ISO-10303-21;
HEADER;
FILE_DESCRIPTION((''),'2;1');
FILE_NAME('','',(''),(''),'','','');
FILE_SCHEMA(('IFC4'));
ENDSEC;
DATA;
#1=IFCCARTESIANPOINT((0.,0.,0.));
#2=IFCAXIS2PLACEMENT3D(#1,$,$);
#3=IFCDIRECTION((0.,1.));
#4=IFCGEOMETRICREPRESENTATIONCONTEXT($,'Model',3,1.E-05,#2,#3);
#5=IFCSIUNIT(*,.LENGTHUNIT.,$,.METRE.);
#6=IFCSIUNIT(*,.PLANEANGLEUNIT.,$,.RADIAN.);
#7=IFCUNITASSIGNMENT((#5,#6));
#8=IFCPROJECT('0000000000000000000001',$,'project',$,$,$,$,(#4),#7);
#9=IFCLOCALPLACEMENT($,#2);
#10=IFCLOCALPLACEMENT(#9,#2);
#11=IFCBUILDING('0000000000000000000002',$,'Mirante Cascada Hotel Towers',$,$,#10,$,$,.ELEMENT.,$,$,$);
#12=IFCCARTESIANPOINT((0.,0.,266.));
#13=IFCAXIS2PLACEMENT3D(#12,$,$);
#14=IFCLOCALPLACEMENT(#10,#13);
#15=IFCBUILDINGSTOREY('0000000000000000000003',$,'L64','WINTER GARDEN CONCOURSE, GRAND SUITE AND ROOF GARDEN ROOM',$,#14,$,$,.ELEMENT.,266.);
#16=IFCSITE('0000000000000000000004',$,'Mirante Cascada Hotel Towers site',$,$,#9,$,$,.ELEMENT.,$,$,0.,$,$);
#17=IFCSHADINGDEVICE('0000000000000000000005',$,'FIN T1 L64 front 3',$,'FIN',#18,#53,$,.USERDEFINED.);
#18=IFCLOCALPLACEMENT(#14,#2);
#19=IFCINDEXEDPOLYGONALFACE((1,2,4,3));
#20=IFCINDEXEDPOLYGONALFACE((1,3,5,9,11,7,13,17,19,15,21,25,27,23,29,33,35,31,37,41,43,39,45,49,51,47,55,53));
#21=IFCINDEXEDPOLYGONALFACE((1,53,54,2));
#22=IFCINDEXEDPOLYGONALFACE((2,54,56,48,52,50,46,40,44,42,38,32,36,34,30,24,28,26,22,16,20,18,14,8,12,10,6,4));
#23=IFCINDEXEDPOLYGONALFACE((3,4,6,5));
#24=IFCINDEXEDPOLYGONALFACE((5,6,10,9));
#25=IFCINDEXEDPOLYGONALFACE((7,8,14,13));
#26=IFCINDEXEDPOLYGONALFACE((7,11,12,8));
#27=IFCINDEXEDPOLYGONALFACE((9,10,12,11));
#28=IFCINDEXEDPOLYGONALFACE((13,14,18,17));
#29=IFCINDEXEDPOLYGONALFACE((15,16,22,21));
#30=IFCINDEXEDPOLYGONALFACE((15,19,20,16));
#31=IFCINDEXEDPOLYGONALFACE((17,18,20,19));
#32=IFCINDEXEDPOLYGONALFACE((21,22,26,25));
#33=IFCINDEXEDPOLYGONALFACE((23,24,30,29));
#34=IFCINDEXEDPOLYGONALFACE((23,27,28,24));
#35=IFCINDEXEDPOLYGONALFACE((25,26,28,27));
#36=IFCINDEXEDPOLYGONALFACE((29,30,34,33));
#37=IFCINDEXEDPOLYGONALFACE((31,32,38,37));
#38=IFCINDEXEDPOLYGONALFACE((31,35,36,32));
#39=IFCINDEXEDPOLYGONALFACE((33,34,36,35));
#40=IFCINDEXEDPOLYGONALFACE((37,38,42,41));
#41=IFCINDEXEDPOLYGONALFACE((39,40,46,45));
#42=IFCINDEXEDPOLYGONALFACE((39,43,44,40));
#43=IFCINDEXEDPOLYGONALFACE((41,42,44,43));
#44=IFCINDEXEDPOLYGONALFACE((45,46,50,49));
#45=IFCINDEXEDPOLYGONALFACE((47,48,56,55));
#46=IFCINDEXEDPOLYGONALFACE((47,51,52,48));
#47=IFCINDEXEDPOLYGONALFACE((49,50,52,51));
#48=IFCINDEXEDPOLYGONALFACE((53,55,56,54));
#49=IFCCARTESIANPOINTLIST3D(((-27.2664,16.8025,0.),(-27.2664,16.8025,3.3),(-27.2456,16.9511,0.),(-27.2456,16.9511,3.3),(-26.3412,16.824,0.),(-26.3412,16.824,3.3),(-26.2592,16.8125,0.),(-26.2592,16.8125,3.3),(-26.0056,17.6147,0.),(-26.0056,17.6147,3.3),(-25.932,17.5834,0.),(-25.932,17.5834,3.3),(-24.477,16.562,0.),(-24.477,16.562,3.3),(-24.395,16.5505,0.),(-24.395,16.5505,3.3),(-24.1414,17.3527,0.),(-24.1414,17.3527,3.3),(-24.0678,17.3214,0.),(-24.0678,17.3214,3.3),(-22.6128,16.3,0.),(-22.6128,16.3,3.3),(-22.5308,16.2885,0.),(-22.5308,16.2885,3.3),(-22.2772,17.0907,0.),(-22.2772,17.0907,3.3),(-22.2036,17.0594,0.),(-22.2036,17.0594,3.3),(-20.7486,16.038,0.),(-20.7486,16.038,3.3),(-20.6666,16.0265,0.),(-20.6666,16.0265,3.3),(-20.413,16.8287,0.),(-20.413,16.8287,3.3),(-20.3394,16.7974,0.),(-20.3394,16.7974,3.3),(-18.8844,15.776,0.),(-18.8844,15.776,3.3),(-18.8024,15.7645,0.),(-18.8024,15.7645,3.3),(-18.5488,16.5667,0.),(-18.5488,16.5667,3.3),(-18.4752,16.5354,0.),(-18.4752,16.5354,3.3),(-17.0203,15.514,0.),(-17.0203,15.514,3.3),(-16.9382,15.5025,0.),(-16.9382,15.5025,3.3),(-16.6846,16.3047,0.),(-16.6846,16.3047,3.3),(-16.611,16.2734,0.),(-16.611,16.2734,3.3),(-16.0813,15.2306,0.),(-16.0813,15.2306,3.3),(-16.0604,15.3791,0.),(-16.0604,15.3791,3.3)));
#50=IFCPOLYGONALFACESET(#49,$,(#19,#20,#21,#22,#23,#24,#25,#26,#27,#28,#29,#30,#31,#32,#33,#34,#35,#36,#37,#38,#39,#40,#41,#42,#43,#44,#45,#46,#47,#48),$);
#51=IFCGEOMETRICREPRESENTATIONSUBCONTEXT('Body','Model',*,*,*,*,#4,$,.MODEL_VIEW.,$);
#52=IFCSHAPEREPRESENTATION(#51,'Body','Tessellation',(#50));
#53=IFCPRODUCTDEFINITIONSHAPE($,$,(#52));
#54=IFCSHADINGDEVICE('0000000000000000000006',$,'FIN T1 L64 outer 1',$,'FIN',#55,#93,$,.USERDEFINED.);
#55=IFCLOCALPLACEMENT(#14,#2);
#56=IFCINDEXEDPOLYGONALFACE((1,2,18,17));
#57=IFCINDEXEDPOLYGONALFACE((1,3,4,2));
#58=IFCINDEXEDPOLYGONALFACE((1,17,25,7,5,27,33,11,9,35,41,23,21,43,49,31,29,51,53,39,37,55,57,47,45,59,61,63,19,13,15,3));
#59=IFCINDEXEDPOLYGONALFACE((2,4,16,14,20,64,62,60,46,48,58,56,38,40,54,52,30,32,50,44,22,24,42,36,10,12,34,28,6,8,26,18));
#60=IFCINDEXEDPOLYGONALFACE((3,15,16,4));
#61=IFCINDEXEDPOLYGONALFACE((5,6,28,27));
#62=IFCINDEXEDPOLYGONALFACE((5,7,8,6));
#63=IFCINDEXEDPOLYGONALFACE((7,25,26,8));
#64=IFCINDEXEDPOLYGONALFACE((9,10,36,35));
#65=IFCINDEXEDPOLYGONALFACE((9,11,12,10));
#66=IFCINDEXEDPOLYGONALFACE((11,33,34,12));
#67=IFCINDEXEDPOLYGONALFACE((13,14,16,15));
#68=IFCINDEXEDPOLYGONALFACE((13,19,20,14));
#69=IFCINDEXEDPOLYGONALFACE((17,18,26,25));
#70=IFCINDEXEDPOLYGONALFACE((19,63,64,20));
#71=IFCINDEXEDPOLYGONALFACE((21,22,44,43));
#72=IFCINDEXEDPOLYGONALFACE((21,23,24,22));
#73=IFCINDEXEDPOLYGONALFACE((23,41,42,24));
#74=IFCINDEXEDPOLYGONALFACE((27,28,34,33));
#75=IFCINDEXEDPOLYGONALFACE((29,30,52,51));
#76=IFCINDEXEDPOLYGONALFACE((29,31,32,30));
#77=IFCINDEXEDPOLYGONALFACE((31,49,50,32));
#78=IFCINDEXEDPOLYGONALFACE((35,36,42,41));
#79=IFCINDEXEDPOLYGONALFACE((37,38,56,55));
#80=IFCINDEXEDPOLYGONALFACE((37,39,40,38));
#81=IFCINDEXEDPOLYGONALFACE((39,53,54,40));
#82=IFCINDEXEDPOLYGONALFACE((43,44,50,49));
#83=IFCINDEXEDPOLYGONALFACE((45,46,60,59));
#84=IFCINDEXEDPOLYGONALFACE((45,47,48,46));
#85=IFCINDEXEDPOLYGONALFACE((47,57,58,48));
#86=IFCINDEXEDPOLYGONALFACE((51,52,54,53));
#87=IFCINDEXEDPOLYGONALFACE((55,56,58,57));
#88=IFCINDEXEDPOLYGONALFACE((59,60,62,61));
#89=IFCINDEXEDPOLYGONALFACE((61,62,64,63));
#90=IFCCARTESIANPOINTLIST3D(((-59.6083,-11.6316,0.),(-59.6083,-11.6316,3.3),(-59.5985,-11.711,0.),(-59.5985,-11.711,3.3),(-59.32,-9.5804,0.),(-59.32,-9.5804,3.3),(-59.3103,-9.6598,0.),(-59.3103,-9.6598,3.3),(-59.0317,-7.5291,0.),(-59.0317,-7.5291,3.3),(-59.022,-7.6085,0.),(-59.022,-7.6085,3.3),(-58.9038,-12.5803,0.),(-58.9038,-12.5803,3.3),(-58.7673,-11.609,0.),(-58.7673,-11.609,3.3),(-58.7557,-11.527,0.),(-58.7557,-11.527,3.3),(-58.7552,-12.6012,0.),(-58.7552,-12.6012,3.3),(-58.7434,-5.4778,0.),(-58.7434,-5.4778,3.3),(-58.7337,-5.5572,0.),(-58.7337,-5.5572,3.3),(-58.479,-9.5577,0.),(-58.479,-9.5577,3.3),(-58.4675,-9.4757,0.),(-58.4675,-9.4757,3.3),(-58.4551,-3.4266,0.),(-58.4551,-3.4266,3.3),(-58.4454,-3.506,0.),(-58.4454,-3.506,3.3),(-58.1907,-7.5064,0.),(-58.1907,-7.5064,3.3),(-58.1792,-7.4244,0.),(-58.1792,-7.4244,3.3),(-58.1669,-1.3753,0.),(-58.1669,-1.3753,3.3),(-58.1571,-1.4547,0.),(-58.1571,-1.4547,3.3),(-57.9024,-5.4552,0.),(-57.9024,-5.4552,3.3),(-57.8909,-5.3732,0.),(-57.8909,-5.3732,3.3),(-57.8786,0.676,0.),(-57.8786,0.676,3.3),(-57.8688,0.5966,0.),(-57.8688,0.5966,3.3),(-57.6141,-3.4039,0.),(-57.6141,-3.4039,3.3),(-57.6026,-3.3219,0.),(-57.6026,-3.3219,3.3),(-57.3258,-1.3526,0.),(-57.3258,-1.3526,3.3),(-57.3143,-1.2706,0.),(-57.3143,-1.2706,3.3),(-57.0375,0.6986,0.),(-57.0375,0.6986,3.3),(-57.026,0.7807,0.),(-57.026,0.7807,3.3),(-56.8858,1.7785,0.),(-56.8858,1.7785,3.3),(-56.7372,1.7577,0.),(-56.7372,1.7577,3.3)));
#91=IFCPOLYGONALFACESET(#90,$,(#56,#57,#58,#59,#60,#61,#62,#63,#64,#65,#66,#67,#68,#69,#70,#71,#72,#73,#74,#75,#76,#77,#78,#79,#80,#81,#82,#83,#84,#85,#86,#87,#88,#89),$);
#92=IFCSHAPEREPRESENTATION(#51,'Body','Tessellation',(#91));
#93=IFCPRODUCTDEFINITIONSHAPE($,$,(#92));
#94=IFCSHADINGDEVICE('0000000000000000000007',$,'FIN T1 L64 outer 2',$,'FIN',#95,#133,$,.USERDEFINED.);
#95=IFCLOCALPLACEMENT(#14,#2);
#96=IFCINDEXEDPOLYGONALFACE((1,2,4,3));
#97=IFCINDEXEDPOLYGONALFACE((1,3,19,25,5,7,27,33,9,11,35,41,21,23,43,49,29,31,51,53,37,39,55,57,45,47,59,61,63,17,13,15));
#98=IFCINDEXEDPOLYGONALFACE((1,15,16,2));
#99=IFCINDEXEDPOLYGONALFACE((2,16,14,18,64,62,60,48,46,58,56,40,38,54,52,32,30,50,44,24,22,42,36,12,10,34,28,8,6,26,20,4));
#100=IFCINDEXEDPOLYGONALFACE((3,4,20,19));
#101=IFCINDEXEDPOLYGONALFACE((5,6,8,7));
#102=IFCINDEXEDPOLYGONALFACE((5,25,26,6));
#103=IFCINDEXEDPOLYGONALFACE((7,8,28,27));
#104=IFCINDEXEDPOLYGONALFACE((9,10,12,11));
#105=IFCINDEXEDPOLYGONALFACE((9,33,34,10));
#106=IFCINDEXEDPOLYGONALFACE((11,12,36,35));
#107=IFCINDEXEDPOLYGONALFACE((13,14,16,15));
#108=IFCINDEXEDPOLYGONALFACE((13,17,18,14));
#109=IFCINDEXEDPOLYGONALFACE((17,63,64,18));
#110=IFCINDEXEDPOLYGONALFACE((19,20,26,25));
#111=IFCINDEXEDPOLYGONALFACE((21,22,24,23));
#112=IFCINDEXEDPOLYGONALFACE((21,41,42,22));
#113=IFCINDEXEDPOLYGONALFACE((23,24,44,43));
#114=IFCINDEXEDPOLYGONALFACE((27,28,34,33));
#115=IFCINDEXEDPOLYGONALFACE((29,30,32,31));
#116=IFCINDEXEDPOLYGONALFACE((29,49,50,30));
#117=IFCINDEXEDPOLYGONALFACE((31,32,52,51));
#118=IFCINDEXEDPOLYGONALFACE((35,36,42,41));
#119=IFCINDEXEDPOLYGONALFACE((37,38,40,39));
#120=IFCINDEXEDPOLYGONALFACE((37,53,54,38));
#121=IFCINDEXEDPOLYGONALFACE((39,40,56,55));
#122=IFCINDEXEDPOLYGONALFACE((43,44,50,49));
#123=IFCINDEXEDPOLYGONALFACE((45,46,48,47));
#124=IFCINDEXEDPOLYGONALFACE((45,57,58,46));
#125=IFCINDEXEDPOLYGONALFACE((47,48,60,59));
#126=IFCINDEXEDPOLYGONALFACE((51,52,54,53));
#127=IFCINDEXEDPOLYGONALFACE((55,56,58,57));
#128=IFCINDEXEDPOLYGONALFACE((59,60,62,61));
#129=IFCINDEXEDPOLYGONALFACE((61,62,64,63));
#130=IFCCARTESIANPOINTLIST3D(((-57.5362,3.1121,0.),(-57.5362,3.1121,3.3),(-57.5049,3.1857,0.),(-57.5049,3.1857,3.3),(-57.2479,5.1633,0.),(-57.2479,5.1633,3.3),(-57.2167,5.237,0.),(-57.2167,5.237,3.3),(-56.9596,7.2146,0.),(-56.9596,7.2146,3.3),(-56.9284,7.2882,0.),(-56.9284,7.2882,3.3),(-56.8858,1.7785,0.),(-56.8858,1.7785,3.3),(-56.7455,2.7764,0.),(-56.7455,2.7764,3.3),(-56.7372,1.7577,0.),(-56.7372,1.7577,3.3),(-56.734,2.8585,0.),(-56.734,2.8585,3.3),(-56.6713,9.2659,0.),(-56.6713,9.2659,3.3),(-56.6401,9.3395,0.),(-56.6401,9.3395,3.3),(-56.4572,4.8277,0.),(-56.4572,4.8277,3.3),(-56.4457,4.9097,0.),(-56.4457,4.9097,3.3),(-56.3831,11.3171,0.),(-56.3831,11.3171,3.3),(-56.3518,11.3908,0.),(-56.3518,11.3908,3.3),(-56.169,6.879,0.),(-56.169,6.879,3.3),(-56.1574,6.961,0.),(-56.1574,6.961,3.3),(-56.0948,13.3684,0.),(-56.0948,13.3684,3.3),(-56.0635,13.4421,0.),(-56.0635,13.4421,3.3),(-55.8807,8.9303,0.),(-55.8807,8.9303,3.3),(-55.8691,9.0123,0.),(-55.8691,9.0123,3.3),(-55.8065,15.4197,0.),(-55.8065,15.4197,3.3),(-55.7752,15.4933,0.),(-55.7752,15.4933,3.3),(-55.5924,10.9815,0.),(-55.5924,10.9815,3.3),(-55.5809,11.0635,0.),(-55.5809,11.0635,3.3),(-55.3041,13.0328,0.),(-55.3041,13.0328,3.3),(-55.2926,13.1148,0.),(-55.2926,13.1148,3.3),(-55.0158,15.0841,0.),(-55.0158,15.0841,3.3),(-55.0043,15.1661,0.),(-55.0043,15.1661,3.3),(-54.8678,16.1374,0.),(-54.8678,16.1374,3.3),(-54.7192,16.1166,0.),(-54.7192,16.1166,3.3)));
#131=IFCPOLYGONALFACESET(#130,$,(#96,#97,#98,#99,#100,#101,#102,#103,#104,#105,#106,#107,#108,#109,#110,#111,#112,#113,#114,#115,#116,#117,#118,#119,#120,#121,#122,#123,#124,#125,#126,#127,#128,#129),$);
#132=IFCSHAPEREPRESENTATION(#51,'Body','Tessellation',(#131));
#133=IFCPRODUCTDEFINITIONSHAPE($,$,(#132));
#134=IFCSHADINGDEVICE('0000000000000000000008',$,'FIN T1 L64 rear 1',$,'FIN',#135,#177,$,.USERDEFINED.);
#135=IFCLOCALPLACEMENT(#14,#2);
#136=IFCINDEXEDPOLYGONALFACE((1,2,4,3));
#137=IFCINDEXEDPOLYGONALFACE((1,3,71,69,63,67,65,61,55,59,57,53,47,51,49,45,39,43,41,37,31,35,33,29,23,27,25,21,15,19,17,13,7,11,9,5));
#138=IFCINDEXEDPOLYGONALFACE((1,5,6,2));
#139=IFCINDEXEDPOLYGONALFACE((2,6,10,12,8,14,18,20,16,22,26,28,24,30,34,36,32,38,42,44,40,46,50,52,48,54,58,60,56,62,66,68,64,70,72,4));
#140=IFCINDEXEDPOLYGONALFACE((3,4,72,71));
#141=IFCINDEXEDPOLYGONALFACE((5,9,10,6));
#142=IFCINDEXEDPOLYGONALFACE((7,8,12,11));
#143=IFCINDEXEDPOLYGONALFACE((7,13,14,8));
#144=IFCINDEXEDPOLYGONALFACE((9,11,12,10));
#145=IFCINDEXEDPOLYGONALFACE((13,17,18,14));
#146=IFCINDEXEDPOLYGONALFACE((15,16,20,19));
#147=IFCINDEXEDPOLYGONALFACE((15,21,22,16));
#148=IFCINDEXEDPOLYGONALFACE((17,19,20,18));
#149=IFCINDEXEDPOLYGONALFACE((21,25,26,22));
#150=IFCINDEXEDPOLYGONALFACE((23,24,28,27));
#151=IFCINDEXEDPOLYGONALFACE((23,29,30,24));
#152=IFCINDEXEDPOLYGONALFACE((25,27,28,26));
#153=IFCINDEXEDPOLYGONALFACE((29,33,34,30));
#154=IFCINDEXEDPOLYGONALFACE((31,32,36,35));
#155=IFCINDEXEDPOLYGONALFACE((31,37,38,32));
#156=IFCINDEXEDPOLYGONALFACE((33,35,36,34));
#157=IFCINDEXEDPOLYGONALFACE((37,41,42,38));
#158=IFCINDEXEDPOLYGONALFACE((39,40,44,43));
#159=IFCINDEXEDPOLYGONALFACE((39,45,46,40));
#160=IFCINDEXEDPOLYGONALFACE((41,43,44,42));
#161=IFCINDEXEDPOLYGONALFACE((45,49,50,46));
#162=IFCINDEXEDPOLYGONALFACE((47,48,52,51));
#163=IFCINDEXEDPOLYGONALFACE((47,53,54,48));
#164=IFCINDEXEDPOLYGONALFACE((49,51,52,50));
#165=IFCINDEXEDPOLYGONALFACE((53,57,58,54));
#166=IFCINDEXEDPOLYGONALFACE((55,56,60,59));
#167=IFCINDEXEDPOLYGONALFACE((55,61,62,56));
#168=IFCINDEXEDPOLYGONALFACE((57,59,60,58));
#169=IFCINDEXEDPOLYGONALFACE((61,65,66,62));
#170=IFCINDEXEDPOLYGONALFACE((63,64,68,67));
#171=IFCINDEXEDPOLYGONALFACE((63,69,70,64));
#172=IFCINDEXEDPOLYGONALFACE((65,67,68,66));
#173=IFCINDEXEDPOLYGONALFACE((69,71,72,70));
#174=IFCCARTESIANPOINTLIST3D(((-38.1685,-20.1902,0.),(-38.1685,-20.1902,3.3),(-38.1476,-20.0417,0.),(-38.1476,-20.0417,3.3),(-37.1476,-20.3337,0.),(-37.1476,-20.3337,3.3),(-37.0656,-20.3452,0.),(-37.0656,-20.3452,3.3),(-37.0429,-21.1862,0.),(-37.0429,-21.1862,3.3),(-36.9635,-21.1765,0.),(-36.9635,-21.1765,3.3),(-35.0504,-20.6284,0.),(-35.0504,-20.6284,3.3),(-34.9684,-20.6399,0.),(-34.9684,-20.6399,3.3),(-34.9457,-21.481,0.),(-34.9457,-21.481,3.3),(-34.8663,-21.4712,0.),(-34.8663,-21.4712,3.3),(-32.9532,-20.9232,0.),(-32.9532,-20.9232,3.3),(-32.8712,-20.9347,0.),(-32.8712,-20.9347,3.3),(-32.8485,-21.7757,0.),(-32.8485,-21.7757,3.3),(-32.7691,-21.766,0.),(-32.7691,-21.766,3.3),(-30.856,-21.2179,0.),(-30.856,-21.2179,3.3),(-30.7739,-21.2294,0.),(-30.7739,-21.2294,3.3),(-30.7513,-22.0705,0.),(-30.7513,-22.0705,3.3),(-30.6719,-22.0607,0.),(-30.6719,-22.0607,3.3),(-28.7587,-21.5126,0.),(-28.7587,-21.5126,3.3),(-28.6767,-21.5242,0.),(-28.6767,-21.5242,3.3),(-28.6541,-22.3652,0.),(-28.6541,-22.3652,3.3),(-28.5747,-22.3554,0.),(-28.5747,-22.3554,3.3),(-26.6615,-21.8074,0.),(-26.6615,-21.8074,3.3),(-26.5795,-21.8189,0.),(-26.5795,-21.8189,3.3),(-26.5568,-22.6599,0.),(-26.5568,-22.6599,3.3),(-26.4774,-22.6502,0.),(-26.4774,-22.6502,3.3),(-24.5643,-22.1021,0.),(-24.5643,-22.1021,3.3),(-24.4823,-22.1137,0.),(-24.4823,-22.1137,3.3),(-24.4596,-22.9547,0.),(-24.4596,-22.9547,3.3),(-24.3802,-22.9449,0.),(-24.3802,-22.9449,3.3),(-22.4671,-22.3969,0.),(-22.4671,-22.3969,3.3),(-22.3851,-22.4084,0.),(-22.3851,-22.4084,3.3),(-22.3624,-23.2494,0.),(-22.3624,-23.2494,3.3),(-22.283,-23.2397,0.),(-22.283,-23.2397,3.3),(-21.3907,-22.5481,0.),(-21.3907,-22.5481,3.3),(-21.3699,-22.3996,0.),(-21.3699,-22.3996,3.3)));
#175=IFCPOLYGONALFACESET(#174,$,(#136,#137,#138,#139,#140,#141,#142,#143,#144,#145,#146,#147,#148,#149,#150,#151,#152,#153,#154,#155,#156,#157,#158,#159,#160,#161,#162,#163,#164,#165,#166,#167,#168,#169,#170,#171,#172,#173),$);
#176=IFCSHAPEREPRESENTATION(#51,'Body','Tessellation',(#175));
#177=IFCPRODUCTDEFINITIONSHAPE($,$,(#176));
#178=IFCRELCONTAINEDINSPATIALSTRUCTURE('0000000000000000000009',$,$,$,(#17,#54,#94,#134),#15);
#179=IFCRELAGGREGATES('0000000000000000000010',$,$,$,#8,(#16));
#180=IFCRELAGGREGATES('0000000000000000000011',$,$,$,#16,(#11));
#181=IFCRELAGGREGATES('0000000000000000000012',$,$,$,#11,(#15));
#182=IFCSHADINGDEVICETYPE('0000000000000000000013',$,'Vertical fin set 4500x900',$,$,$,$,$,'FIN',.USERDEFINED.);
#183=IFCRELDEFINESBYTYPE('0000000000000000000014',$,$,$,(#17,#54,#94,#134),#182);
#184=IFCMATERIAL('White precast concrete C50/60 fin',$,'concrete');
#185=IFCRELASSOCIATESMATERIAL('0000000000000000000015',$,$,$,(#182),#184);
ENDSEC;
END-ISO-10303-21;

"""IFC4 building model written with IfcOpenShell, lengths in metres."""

from ifc_helpers import new_model, si_unit, direction, frame, origin, place, context, subcontext, project, spatial, polyline, outline, extrude, material, type_object, element, save


model = new_model("IFC4")

# Units and contexts
model_context = context("Model", 3, precision=1e-05, world=origin(), true_north=direction((0.0, 1.0)))
body_context = subcontext(model_context, "Body", "Model", "MODEL_VIEW")
ifc_project = project(units=[si_unit("LENGTHUNIT", "METRE"), si_unit("PLANEANGLEUNIT", "RADIAN")], contexts=[model_context])

# Site, building, storey
site_placement = place(None, origin())
site = spatial("IfcSite", under=ifc_project, at=site_placement, Name="Mirante Cascada Hotel Towers site", CompositionType="ELEMENT", RefElevation=0.0)
building_placement = place(site_placement, origin())
building = spatial("IfcBuilding", under=site, at=building_placement, Name="Mirante Cascada Hotel Towers", CompositionType="ELEMENT")
storey_placement = place(building_placement, frame((0.0, 0.0, 266.0)))
storey = spatial("IfcBuildingStorey", under=building, at=storey_placement, Name="L64", Description="WINTER GARDEN CONCOURSE, GRAND SUITE AND ROOF GARDEN ROOM", CompositionType="ELEMENT", Elevation=266.0)

# Shading devices
ifc_material_1 = material(Name="White precast concrete C50/60 fin", Category="concrete")
shading_device_type = type_object("IfcShadingDeviceType", Name="Vertical fin set 4500x900", ElementType="FIN", PredefinedType="USERDEFINED", material=ifc_material_1)
shading_device_1_placement = place(storey_placement, origin())
element("IfcShadingDevice", 1, at=shading_device_1_placement, inside=storey, type_object=shading_device_type, Name="FIN T1 L64 front 3", ObjectType="FIN", PredefinedType="USERDEFINED", context=body_context, shape_type="SweptSolid", body=[
    extrude(outline(polyline([(-16.611, 16.2734), (-16.9382, 15.5025), (-16.0604, 15.3791), (-16.0813, 15.2306), (-27.2664, 16.8025), (-27.2456, 16.9511), (-26.3412, 16.824), (-26.0056, 17.6147), (-25.932, 17.5834), (-26.2592, 16.8125), (-24.477, 16.562), (-24.1414, 17.3527), (-24.0678, 17.3214), (-24.395, 16.5505), (-22.6128, 16.3), (-22.2772, 17.0907), (-22.2036, 17.0594), (-22.5308, 16.2885), (-20.7486, 16.038), (-20.413, 16.8287), (-20.3394, 16.7974), (-20.6666, 16.0265), (-18.8844, 15.776), (-18.5488, 16.5667), (-18.4752, 16.5354), (-18.8024, 15.7645), (-17.0203, 15.514), (-16.6846, 16.3047), (-16.611, 16.2734)])), origin(), (0.0, 0.0, 1.0), 3.3),
])
shading_device_2_placement = place(storey_placement, origin())
element("IfcShadingDevice", 2, at=shading_device_2_placement, inside=storey, type_object=shading_device_type, Name="FIN T1 L64 outer 1", ObjectType="FIN", PredefinedType="USERDEFINED", context=body_context, shape_type="SweptSolid", body=[
    extrude(outline(polyline([(-58.7557, -11.527), (-58.479, -9.5577), (-59.3103, -9.6598), (-59.32, -9.5804), (-58.4675, -9.4757), (-58.1907, -7.5064), (-59.022, -7.6085), (-59.0317, -7.5291), (-58.1792, -7.4244), (-57.9024, -5.4552), (-58.7337, -5.5572), (-58.7434, -5.4778), (-57.8909, -5.3732), (-57.6141, -3.4039), (-58.4454, -3.506), (-58.4551, -3.4266), (-57.6026, -3.3219), (-57.3258, -1.3526), (-58.1571, -1.4547), (-58.1669, -1.3753), (-57.3143, -1.2706), (-57.0375, 0.6986), (-57.8688, 0.5966), (-57.8786, 0.676), (-57.026, 0.7807), (-56.8858, 1.7785), (-56.7372, 1.7577), (-58.7552, -12.6012), (-58.9038, -12.5803), (-58.7673, -11.609), (-59.5985, -11.711), (-59.6083, -11.6316), (-58.7557, -11.527)])), origin(), (0.0, 0.0, 1.0), 3.3),
])
shading_device_3_placement = place(storey_placement, origin())
element("IfcShadingDevice", 3, at=shading_device_3_placement, inside=storey, type_object=shading_device_type, Name="FIN T1 L64 outer 2", ObjectType="FIN", PredefinedType="USERDEFINED", context=body_context, shape_type="SweptSolid", body=[
    extrude(outline(polyline([(-56.734, 2.8585), (-56.4572, 4.8277), (-57.2479, 5.1633), (-57.2167, 5.237), (-56.4457, 4.9097), (-56.169, 6.879), (-56.9596, 7.2146), (-56.9284, 7.2882), (-56.1574, 6.961), (-55.8807, 8.9303), (-56.6713, 9.2659), (-56.6401, 9.3395), (-55.8691, 9.0123), (-55.5924, 10.9815), (-56.3831, 11.3171), (-56.3518, 11.3908), (-55.5809, 11.0635), (-55.3041, 13.0328), (-56.0948, 13.3684), (-56.0635, 13.4421), (-55.2926, 13.1148), (-55.0158, 15.0841), (-55.8065, 15.4197), (-55.7752, 15.4933), (-55.0043, 15.1661), (-54.8678, 16.1374), (-54.7192, 16.1166), (-56.7372, 1.7577), (-56.8858, 1.7785), (-56.7455, 2.7764), (-57.5362, 3.1121), (-57.5049, 3.1857), (-56.734, 2.8585)])), origin(), (0.0, 0.0, 1.0), 3.3),
])
shading_device_4_placement = place(storey_placement, origin())
element("IfcShadingDevice", 4, at=shading_device_4_placement, inside=storey, type_object=shading_device_type, Name="FIN T1 L64 rear 1", ObjectType="FIN", PredefinedType="USERDEFINED", context=body_context, shape_type="SweptSolid", body=[
    extrude(outline(polyline([(-22.4671, -22.3969), (-24.4823, -22.1137), (-24.3802, -22.9449), (-24.4596, -22.9547), (-24.5643, -22.1021), (-26.5795, -21.8189), (-26.4774, -22.6502), (-26.5568, -22.6599), (-26.6615, -21.8074), (-28.6767, -21.5242), (-28.5747, -22.3554), (-28.6541, -22.3652), (-28.7587, -21.5126), (-30.7739, -21.2294), (-30.6719, -22.0607), (-30.7513, -22.0705), (-30.856, -21.2179), (-32.8712, -20.9347), (-32.7691, -21.766), (-32.8485, -21.7757), (-32.9532, -20.9232), (-34.9684, -20.6399), (-34.8663, -21.4712), (-34.9457, -21.481), (-35.0504, -20.6284), (-37.0656, -20.3452), (-36.9635, -21.1765), (-37.0429, -21.1862), (-37.1476, -20.3337), (-38.1685, -20.1902), (-38.1476, -20.0417), (-21.3699, -22.3996), (-21.3907, -22.5481), (-22.3851, -22.4084), (-22.283, -23.2397), (-22.3624, -23.2494), (-22.4671, -22.3969)])), origin(), (0.0, 0.0, 1.0), 3.3),
])

save(model, "model.ifc")
